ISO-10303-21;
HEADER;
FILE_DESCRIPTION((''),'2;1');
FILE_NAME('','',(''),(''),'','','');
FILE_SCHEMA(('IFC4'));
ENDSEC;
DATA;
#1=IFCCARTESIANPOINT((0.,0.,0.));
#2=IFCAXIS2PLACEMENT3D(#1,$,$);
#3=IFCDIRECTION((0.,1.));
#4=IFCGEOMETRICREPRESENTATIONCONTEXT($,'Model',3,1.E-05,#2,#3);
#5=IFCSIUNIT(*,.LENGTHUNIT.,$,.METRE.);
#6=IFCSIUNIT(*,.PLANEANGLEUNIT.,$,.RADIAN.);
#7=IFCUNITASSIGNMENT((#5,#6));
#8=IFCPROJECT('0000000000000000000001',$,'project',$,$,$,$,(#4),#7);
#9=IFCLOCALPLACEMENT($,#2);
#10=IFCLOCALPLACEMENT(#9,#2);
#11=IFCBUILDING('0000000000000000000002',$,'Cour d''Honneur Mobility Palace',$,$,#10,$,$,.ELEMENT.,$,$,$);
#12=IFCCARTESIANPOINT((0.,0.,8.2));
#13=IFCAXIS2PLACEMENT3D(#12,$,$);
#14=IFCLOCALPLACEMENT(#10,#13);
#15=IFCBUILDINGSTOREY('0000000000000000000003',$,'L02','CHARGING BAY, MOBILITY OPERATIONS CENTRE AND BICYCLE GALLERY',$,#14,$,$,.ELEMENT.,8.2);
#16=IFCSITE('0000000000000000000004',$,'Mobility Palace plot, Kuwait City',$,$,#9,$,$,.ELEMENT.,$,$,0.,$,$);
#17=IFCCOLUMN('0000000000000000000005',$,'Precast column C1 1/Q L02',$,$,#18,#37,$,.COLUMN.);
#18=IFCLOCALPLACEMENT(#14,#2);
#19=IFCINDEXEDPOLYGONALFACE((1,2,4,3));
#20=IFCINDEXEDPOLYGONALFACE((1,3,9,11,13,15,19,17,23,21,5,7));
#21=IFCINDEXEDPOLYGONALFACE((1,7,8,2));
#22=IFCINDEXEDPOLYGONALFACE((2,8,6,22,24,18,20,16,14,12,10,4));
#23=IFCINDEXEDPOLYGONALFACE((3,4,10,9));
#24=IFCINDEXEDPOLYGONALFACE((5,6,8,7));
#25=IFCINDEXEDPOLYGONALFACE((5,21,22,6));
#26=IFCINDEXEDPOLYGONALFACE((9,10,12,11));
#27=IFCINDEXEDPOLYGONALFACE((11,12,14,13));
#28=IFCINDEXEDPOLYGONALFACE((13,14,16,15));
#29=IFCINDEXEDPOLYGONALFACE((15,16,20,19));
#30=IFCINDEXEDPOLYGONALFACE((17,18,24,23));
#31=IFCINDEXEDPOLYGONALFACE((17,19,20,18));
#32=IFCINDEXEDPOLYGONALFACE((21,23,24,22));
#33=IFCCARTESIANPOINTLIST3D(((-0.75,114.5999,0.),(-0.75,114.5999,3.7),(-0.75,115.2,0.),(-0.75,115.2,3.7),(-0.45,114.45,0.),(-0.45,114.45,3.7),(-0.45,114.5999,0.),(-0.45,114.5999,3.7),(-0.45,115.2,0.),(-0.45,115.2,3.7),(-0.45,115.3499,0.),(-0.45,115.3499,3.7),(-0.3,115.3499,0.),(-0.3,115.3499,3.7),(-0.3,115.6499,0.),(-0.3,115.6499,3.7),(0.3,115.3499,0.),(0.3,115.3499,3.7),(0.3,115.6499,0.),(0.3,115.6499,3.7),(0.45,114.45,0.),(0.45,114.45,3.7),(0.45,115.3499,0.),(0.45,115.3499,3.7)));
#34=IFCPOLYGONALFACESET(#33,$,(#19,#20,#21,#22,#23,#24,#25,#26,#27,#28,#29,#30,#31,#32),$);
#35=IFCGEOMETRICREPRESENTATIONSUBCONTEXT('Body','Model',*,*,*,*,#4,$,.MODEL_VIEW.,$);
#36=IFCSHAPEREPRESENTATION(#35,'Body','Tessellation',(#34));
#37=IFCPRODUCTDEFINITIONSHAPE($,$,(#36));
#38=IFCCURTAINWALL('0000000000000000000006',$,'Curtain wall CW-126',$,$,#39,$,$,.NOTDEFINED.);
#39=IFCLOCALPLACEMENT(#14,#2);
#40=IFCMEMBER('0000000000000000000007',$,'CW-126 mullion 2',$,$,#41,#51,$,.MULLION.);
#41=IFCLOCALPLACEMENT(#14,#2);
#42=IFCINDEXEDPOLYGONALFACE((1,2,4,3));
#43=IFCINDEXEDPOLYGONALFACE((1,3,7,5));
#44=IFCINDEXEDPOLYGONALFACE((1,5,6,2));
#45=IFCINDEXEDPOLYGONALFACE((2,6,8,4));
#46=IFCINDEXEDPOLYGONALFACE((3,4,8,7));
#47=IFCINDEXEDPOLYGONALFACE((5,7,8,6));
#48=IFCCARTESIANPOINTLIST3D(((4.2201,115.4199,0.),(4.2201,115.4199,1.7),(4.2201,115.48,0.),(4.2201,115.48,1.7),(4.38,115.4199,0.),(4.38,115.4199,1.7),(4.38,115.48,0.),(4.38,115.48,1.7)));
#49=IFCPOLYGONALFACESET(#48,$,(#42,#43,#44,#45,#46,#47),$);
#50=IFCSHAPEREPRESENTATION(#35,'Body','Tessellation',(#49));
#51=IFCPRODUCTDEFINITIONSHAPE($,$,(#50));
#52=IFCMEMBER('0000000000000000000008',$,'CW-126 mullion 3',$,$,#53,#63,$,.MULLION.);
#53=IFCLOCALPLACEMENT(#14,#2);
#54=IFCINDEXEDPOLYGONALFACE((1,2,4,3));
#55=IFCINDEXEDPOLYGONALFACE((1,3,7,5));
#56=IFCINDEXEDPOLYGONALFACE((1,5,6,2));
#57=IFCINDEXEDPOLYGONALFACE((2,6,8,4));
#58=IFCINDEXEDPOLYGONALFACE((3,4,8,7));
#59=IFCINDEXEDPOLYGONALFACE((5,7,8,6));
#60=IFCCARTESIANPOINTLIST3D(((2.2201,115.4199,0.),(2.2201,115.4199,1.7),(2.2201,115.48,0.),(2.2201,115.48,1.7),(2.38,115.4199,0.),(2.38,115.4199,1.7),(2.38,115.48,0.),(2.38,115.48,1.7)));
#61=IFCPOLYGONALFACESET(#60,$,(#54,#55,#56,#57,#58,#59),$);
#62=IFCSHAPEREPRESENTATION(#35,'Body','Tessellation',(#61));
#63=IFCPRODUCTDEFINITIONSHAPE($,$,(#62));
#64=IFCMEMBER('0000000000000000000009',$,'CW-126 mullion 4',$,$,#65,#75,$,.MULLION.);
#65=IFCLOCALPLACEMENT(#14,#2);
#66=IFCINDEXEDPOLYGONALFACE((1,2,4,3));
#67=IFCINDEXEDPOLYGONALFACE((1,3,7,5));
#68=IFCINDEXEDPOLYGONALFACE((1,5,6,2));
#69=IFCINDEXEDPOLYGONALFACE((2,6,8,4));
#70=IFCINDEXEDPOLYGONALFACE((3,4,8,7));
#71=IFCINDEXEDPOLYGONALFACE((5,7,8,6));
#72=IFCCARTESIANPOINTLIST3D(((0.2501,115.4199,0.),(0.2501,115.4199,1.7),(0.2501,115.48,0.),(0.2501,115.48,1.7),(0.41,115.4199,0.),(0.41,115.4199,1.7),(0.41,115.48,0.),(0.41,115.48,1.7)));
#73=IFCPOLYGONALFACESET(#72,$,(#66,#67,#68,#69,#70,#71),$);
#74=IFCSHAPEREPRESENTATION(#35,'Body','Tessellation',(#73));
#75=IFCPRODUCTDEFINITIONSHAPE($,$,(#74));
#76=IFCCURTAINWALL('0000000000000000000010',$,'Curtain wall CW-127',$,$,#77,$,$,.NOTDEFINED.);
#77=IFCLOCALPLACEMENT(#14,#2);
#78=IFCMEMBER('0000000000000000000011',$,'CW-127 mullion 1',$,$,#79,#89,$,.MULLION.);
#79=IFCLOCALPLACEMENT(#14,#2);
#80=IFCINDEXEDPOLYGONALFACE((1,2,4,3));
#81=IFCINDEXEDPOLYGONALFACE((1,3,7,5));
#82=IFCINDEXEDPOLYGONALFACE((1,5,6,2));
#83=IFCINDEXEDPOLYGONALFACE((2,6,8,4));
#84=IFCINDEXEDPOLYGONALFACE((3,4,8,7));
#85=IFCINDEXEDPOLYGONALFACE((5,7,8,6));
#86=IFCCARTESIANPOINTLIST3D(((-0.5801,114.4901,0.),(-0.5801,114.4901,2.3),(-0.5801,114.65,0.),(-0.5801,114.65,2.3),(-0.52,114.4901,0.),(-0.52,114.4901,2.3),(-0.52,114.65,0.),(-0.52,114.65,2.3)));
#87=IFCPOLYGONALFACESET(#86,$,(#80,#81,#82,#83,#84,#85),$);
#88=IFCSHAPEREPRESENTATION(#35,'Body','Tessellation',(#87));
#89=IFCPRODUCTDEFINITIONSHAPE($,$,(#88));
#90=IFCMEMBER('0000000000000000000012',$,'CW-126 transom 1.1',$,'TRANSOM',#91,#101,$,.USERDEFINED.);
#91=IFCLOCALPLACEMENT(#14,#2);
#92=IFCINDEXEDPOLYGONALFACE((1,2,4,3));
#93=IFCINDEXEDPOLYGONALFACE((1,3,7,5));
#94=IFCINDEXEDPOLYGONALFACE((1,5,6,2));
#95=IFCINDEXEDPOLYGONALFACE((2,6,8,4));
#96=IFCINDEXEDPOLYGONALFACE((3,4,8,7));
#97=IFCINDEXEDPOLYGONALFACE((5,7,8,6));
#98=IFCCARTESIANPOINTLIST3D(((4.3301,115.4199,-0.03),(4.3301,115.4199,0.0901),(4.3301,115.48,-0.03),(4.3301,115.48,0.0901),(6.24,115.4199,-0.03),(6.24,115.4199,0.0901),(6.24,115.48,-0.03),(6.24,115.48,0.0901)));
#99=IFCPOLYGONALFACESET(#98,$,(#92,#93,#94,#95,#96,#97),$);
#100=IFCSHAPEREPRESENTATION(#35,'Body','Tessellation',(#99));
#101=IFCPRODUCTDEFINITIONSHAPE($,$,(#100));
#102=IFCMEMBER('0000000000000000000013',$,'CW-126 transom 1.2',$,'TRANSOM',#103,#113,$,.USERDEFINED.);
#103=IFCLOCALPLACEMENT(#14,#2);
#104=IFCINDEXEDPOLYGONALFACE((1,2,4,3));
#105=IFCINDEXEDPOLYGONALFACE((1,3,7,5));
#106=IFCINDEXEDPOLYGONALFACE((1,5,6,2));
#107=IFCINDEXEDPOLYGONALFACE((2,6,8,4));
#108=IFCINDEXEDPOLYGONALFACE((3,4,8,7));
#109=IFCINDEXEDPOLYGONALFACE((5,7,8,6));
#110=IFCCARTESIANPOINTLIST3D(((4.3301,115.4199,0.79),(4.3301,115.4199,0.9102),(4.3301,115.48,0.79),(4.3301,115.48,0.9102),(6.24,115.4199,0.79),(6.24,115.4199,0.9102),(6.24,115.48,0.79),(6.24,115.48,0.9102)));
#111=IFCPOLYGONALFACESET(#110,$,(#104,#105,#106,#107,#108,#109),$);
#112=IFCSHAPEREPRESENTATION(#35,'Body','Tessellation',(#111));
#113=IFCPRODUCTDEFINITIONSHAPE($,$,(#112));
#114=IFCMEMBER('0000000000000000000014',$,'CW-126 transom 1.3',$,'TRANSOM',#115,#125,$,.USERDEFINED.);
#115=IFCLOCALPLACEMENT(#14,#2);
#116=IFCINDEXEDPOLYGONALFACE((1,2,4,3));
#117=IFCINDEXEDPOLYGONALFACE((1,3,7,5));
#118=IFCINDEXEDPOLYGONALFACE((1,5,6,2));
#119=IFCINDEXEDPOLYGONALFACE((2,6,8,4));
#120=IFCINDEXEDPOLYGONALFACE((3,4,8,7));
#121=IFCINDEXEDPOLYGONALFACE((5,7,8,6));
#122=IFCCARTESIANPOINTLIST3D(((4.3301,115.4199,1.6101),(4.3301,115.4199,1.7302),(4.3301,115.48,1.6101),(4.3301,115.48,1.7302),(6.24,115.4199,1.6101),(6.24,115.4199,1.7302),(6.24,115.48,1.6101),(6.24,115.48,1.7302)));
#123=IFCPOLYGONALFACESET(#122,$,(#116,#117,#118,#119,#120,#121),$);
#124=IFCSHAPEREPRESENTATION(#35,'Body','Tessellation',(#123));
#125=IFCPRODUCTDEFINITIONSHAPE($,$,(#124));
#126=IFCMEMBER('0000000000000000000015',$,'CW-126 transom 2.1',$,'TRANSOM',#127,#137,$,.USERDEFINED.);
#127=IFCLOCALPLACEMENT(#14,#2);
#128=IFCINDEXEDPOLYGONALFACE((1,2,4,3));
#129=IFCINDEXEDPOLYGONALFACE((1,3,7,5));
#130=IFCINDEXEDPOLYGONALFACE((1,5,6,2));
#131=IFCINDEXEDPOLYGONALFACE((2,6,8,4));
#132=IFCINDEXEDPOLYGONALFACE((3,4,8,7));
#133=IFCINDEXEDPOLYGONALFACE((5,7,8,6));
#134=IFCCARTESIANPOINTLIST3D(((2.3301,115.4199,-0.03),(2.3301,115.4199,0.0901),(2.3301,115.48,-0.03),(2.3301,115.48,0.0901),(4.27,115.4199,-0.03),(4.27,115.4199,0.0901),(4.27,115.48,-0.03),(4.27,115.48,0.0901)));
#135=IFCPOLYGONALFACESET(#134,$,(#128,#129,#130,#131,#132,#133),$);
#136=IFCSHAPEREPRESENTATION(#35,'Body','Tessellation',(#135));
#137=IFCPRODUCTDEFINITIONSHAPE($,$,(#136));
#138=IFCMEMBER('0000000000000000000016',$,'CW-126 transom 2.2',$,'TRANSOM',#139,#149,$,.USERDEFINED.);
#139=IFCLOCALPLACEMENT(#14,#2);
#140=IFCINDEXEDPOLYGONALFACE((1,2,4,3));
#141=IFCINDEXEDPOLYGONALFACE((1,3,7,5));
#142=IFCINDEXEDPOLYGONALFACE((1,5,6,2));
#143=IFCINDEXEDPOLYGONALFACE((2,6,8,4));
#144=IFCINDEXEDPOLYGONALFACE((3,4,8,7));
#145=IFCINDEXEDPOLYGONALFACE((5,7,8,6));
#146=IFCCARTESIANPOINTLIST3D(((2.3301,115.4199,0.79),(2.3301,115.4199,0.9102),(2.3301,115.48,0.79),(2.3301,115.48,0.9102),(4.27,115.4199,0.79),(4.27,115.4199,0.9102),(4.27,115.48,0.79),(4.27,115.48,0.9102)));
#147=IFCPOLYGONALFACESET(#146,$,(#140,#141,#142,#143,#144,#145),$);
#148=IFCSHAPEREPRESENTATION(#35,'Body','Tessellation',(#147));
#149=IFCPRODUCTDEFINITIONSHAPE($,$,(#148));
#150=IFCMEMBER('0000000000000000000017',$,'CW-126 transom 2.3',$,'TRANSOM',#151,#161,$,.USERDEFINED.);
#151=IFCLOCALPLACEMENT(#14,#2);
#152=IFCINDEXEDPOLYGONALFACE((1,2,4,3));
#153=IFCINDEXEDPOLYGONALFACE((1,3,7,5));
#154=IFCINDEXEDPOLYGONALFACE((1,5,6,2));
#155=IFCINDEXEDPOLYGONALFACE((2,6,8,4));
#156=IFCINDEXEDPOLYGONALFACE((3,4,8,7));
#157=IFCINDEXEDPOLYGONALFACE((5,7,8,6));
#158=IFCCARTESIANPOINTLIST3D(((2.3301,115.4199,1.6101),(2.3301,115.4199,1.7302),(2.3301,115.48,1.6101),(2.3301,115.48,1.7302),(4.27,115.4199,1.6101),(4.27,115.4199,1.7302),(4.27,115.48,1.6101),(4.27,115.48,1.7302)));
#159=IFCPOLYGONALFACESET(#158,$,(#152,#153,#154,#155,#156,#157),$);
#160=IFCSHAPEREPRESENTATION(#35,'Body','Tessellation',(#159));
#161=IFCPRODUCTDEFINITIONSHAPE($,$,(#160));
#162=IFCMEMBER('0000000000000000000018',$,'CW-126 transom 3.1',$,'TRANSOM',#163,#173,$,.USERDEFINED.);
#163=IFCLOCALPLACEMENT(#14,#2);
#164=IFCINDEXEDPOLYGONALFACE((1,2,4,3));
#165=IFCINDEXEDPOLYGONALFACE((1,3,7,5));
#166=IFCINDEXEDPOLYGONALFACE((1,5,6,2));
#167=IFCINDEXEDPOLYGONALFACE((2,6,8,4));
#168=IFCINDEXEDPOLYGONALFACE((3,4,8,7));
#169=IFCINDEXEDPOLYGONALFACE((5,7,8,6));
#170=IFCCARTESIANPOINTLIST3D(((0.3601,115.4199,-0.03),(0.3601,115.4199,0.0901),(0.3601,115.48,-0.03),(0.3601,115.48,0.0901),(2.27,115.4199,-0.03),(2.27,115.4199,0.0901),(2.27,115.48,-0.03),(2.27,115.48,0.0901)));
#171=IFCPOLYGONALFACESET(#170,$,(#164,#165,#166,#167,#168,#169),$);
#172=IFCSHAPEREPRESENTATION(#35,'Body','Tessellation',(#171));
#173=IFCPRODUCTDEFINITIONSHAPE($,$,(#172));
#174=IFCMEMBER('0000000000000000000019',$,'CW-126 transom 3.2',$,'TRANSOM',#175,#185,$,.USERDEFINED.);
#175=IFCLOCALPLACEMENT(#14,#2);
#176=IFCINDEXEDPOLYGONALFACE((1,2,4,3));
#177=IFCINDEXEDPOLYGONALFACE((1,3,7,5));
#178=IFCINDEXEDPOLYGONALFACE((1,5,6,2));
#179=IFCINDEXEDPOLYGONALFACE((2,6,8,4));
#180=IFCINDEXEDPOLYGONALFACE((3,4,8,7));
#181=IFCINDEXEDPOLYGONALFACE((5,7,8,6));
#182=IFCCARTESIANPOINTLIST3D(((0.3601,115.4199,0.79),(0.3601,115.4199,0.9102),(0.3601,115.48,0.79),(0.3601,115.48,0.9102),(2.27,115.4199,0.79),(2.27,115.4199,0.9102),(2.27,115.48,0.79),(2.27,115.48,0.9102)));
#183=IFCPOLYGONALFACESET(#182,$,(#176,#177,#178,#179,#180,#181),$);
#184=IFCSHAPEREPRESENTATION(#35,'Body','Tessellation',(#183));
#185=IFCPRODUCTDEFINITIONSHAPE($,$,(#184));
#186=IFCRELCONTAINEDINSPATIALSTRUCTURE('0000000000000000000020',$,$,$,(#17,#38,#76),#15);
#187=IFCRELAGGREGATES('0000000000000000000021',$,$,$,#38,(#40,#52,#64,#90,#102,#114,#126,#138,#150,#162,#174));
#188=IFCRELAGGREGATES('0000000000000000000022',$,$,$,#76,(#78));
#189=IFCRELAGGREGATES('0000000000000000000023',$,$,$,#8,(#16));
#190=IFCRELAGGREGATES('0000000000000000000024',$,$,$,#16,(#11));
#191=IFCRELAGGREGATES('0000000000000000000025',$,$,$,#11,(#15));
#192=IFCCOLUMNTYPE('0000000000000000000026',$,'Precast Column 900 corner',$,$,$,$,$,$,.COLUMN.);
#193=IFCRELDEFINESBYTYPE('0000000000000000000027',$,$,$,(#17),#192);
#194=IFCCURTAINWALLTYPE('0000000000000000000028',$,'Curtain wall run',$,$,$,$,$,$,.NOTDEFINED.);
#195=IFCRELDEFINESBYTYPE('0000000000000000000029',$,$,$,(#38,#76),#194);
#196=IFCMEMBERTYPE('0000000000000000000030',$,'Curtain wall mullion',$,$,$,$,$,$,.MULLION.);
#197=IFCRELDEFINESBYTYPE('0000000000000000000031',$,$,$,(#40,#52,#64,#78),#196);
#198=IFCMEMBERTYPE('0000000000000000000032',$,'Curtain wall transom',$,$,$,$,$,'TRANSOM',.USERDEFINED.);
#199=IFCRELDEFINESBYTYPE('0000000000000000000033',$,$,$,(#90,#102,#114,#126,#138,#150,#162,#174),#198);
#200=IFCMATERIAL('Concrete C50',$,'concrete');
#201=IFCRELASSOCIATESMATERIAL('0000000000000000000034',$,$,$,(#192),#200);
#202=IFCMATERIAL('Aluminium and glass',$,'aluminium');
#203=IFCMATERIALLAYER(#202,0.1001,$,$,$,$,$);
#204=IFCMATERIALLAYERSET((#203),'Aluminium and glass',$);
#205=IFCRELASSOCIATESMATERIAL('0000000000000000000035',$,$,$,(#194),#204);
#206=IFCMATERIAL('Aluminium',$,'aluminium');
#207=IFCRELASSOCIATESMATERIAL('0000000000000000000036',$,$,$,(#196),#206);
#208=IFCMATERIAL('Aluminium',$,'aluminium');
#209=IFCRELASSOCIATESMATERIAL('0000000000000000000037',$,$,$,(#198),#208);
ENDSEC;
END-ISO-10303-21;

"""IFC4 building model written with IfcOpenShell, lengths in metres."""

from ifc_helpers import new_model, si_unit, direction, frame, origin, origin_2d, place, context, subcontext, project, spatial, polyline, rectangle, outline, extrude, material, layer, layer_set, material_profile, profile_set, type_object, element, aggregate, save


model = new_model("IFC4")

# Units and contexts
model_context = context("Model", 3, precision=1e-05, world=origin(), true_north=direction((0.0, 1.0)))
body_context = subcontext(model_context, "Body", "Model", "MODEL_VIEW")
ifc_project = project(units=[si_unit("LENGTHUNIT", "METRE"), si_unit("PLANEANGLEUNIT", "RADIAN")], contexts=[model_context])

# Site, building, storey
site_placement = place(None, origin())
site = spatial("IfcSite", under=ifc_project, at=site_placement, Name="Mobility Palace plot, Kuwait City", CompositionType="ELEMENT", RefElevation=0.0)
building_placement = place(site_placement, origin())
building = spatial("IfcBuilding", under=site, at=building_placement, Name="Cour d'Honneur Mobility Palace", CompositionType="ELEMENT")
storey_placement = place(building_placement, frame((0.0, 0.0, 8.2)))
storey = spatial("IfcBuildingStorey", under=building, at=storey_placement, Name="L02", Description="CHARGING BAY, MOBILITY OPERATIONS CENTRE AND BICYCLE GALLERY", CompositionType="ELEMENT", Elevation=8.2)

# Column
ifc_material_1 = material(Name="Concrete C50", Category="concrete")
ifc_material_profile_1 = material_profile(ifc_material_1, outline(polyline([(-0.45, -0.45), (0.45, -0.45), (0.45, -0.3), (0.75, -0.3), (0.75, 0.3), (0.45, 0.3), (0.45, 0.45), (0.3, 0.45), (0.3, 0.75), (-0.3, 0.75), (-0.3, 0.45), (-0.45, 0.45), (-0.45, -0.45)])), Name="PC C900 corner")
ifc_profile_set_1 = profile_set([ifc_material_profile_1], Name="Concrete C50")
column_type = type_object("IfcColumnType", Name="Precast Column 900 corner", PredefinedType="COLUMN", material=ifc_profile_set_1)
column_placement = place(storey_placement, frame((0.0, 114.8999, 0.0), z_axis=(0.0, 0.0, 1.0), x_axis=(0.0, 1.0, 0.0)))
element("IfcColumn", 1, at=column_placement, inside=storey, type_object=column_type, Name="Precast column C1 1/Q L02", PredefinedType="COLUMN", context=body_context, shape_type="SweptSolid", body=[
    extrude(outline(polyline([(-0.45, -0.45), (0.45, -0.45), (0.45, -0.3), (0.75, -0.3), (0.75, 0.3), (0.45, 0.3), (0.45, 0.45), (0.3, 0.45), (0.3, 0.75), (-0.3, 0.75), (-0.3, 0.45), (-0.45, 0.45), (-0.45, -0.45)])), origin(), (0.0, 0.0, 1.0), 3.7),
])

# Curtain wall, members
ifc_material_2 = material(Name="Aluminium and glass", Category="aluminium")
ifc_layer_1 = layer(ifc_material_2, 0.1001)
ifc_layer_set_1 = layer_set([ifc_layer_1], Name="Aluminium and glass")
curtain_wall_type = type_object("IfcCurtainWallType", Name="Curtain wall run", PredefinedType="NOTDEFINED", material=ifc_layer_set_1)
curtain_wall_1_placement = place(storey_placement, origin())
curtain_wall_1 = element("IfcCurtainWall", 2, at=curtain_wall_1_placement, inside=storey, type_object=curtain_wall_type, Name="Curtain wall CW-126", PredefinedType="NOTDEFINED")
ifc_material_3 = material(Name="Aluminium", Category="aluminium")
ifc_material_profile_2 = material_profile(ifc_material_3, rectangle(XDim=0.0601, YDim=0.1599, at=origin_2d()), Name="Curtain wall mullion")
ifc_profile_set_2 = profile_set([ifc_material_profile_2], Name="Aluminium")
member_type_1 = type_object("IfcMemberType", Name="Curtain wall mullion", PredefinedType="MULLION", material=ifc_profile_set_2)
member_1_placement = place(storey_placement, frame((4.3, 115.45, 0.0), z_axis=(0.0, 0.0, 1.0), x_axis=(0.0, -1.0, 0.0)))
member_1 = element("IfcMember", 3, at=member_1_placement, type_object=member_type_1, Name="CW-126 mullion 2", PredefinedType="MULLION", context=body_context, shape_type="SweptSolid", body=[
    extrude(rectangle(XDim=0.0601, YDim=0.1599, at=origin_2d()), origin(), (0.0, 0.0, 1.0), 1.7),
])
member_2_placement = place(storey_placement, frame((2.3, 115.45, 0.0), z_axis=(0.0, 0.0, 1.0), x_axis=(0.0, -1.0, 0.0)))
member_2 = element("IfcMember", 4, at=member_2_placement, type_object=member_type_1, Name="CW-126 mullion 3", PredefinedType="MULLION", context=body_context, shape_type="SweptSolid", body=[
    extrude(rectangle(XDim=0.0601, YDim=0.1599, at=origin_2d()), origin(), (0.0, 0.0, 1.0), 1.7),
])
member_3_placement = place(storey_placement, frame((0.3301, 115.45, 0.0), z_axis=(0.0, 0.0, 1.0), x_axis=(0.0, -1.0, 0.0)))
member_3 = element("IfcMember", 5, at=member_3_placement, type_object=member_type_1, Name="CW-126 mullion 4", PredefinedType="MULLION", context=body_context, shape_type="SweptSolid", body=[
    extrude(rectangle(XDim=0.0601, YDim=0.1599, at=origin_2d()), origin(), (0.0, 0.0, 1.0), 1.7),
])

# Curtain wall, member
curtain_wall_2_placement = place(storey_placement, origin())
curtain_wall_2 = element("IfcCurtainWall", 6, at=curtain_wall_2_placement, inside=storey, type_object=curtain_wall_type, Name="Curtain wall CW-127", PredefinedType="NOTDEFINED")
member_4_placement = place(storey_placement, frame((-0.55, 114.5701, 0.0), z_axis=(0.0, 0.0, 1.0), x_axis=(1.0, 0.0, 0.0)))
member_4 = element("IfcMember", 7, at=member_4_placement, type_object=member_type_1, Name="CW-127 mullion 1", PredefinedType="MULLION", context=body_context, shape_type="SweptSolid", body=[
    extrude(rectangle(XDim=0.0601, YDim=0.1599, at=origin_2d()), origin(), (0.0, 0.0, 1.0), 2.3),
])

# Members
ifc_material_4 = material(Name="Aluminium", Category="aluminium")
ifc_material_profile_3 = material_profile(ifc_material_4, rectangle(XDim=0.0601, YDim=0.1201, at=origin_2d()), Name="Curtain wall transom")
ifc_profile_set_3 = profile_set([ifc_material_profile_3], Name="Aluminium")
member_type_2 = type_object("IfcMemberType", Name="Curtain wall transom", ElementType="TRANSOM", PredefinedType="USERDEFINED", material=ifc_profile_set_3)
member_5_placement = place(storey_placement, frame((6.24, 115.45, 0.03), z_axis=(-1.0, 0.0, 0.0), x_axis=(0.0, -1.0, 0.0)))
member_5 = element("IfcMember", 8, at=member_5_placement, type_object=member_type_2, Name="CW-126 transom 1.1", ObjectType="TRANSOM", PredefinedType="USERDEFINED", context=body_context, shape_type="SweptSolid", body=[
    extrude(rectangle(XDim=0.0601, YDim=0.1201, at=origin_2d()), origin(), (0.0, 0.0, 1.0), 1.9099),
])
member_6_placement = place(storey_placement, frame((6.24, 115.45, 0.8501), z_axis=(-1.0, 0.0, 0.0), x_axis=(0.0, -1.0, 0.0)))
member_6 = element("IfcMember", 9, at=member_6_placement, type_object=member_type_2, Name="CW-126 transom 1.2", ObjectType="TRANSOM", PredefinedType="USERDEFINED", context=body_context, shape_type="SweptSolid", body=[
    extrude(rectangle(XDim=0.0601, YDim=0.1201, at=origin_2d()), origin(), (0.0, 0.0, 1.0), 1.9099),
])
member_7_placement = place(storey_placement, frame((6.24, 115.45, 1.6702), z_axis=(-1.0, 0.0, 0.0), x_axis=(0.0, -1.0, 0.0)))
member_7 = element("IfcMember", 10, at=member_7_placement, type_object=member_type_2, Name="CW-126 transom 1.3", ObjectType="TRANSOM", PredefinedType="USERDEFINED", context=body_context, shape_type="SweptSolid", body=[
    extrude(rectangle(XDim=0.0601, YDim=0.1201, at=origin_2d()), origin(), (0.0, 0.0, 1.0), 1.9099),
])
member_8_placement = place(storey_placement, frame((4.27, 115.45, 0.03), z_axis=(-1.0, 0.0, 0.0), x_axis=(0.0, -1.0, 0.0)))
member_8 = element("IfcMember", 11, at=member_8_placement, type_object=member_type_2, Name="CW-126 transom 2.1", ObjectType="TRANSOM", PredefinedType="USERDEFINED", context=body_context, shape_type="SweptSolid", body=[
    extrude(rectangle(XDim=0.0601, YDim=0.1201, at=origin_2d()), origin(), (0.0, 0.0, 1.0), 1.9399),
])
member_9_placement = place(storey_placement, frame((4.27, 115.45, 0.8501), z_axis=(-1.0, 0.0, 0.0), x_axis=(0.0, -1.0, 0.0)))
member_9 = element("IfcMember", 12, at=member_9_placement, type_object=member_type_2, Name="CW-126 transom 2.2", ObjectType="TRANSOM", PredefinedType="USERDEFINED", context=body_context, shape_type="SweptSolid", body=[
    extrude(rectangle(XDim=0.0601, YDim=0.1201, at=origin_2d()), origin(), (0.0, 0.0, 1.0), 1.9399),
])
member_10_placement = place(storey_placement, frame((4.27, 115.45, 1.6702), z_axis=(-1.0, 0.0, 0.0), x_axis=(0.0, -1.0, 0.0)))
member_10 = element("IfcMember", 13, at=member_10_placement, type_object=member_type_2, Name="CW-126 transom 2.3", ObjectType="TRANSOM", PredefinedType="USERDEFINED", context=body_context, shape_type="SweptSolid", body=[
    extrude(rectangle(XDim=0.0601, YDim=0.1201, at=origin_2d()), origin(), (0.0, 0.0, 1.0), 1.9399),
])
member_11_placement = place(storey_placement, frame((2.27, 115.45, 0.03), z_axis=(-1.0, 0.0, 0.0), x_axis=(0.0, -1.0, 0.0)))
member_11 = element("IfcMember", 14, at=member_11_placement, type_object=member_type_2, Name="CW-126 transom 3.1", ObjectType="TRANSOM", PredefinedType="USERDEFINED", context=body_context, shape_type="SweptSolid", body=[
    extrude(rectangle(XDim=0.0601, YDim=0.1201, at=origin_2d()), origin(), (0.0, 0.0, 1.0), 1.9099),
])
member_12_placement = place(storey_placement, frame((2.27, 115.45, 0.8501), z_axis=(-1.0, 0.0, 0.0), x_axis=(0.0, -1.0, 0.0)))
member_12 = element("IfcMember", 15, at=member_12_placement, type_object=member_type_2, Name="CW-126 transom 3.2", ObjectType="TRANSOM", PredefinedType="USERDEFINED", context=body_context, shape_type="SweptSolid", body=[
    extrude(rectangle(XDim=0.0601, YDim=0.1201, at=origin_2d()), origin(), (0.0, 0.0, 1.0), 1.9099),
])

aggregate(curtain_wall_1, [member_1, member_2, member_3, member_5, member_6, member_7, member_8, member_9, member_10, member_11, member_12])
aggregate(curtain_wall_2, [member_4])

save(model, "model.ifc")
